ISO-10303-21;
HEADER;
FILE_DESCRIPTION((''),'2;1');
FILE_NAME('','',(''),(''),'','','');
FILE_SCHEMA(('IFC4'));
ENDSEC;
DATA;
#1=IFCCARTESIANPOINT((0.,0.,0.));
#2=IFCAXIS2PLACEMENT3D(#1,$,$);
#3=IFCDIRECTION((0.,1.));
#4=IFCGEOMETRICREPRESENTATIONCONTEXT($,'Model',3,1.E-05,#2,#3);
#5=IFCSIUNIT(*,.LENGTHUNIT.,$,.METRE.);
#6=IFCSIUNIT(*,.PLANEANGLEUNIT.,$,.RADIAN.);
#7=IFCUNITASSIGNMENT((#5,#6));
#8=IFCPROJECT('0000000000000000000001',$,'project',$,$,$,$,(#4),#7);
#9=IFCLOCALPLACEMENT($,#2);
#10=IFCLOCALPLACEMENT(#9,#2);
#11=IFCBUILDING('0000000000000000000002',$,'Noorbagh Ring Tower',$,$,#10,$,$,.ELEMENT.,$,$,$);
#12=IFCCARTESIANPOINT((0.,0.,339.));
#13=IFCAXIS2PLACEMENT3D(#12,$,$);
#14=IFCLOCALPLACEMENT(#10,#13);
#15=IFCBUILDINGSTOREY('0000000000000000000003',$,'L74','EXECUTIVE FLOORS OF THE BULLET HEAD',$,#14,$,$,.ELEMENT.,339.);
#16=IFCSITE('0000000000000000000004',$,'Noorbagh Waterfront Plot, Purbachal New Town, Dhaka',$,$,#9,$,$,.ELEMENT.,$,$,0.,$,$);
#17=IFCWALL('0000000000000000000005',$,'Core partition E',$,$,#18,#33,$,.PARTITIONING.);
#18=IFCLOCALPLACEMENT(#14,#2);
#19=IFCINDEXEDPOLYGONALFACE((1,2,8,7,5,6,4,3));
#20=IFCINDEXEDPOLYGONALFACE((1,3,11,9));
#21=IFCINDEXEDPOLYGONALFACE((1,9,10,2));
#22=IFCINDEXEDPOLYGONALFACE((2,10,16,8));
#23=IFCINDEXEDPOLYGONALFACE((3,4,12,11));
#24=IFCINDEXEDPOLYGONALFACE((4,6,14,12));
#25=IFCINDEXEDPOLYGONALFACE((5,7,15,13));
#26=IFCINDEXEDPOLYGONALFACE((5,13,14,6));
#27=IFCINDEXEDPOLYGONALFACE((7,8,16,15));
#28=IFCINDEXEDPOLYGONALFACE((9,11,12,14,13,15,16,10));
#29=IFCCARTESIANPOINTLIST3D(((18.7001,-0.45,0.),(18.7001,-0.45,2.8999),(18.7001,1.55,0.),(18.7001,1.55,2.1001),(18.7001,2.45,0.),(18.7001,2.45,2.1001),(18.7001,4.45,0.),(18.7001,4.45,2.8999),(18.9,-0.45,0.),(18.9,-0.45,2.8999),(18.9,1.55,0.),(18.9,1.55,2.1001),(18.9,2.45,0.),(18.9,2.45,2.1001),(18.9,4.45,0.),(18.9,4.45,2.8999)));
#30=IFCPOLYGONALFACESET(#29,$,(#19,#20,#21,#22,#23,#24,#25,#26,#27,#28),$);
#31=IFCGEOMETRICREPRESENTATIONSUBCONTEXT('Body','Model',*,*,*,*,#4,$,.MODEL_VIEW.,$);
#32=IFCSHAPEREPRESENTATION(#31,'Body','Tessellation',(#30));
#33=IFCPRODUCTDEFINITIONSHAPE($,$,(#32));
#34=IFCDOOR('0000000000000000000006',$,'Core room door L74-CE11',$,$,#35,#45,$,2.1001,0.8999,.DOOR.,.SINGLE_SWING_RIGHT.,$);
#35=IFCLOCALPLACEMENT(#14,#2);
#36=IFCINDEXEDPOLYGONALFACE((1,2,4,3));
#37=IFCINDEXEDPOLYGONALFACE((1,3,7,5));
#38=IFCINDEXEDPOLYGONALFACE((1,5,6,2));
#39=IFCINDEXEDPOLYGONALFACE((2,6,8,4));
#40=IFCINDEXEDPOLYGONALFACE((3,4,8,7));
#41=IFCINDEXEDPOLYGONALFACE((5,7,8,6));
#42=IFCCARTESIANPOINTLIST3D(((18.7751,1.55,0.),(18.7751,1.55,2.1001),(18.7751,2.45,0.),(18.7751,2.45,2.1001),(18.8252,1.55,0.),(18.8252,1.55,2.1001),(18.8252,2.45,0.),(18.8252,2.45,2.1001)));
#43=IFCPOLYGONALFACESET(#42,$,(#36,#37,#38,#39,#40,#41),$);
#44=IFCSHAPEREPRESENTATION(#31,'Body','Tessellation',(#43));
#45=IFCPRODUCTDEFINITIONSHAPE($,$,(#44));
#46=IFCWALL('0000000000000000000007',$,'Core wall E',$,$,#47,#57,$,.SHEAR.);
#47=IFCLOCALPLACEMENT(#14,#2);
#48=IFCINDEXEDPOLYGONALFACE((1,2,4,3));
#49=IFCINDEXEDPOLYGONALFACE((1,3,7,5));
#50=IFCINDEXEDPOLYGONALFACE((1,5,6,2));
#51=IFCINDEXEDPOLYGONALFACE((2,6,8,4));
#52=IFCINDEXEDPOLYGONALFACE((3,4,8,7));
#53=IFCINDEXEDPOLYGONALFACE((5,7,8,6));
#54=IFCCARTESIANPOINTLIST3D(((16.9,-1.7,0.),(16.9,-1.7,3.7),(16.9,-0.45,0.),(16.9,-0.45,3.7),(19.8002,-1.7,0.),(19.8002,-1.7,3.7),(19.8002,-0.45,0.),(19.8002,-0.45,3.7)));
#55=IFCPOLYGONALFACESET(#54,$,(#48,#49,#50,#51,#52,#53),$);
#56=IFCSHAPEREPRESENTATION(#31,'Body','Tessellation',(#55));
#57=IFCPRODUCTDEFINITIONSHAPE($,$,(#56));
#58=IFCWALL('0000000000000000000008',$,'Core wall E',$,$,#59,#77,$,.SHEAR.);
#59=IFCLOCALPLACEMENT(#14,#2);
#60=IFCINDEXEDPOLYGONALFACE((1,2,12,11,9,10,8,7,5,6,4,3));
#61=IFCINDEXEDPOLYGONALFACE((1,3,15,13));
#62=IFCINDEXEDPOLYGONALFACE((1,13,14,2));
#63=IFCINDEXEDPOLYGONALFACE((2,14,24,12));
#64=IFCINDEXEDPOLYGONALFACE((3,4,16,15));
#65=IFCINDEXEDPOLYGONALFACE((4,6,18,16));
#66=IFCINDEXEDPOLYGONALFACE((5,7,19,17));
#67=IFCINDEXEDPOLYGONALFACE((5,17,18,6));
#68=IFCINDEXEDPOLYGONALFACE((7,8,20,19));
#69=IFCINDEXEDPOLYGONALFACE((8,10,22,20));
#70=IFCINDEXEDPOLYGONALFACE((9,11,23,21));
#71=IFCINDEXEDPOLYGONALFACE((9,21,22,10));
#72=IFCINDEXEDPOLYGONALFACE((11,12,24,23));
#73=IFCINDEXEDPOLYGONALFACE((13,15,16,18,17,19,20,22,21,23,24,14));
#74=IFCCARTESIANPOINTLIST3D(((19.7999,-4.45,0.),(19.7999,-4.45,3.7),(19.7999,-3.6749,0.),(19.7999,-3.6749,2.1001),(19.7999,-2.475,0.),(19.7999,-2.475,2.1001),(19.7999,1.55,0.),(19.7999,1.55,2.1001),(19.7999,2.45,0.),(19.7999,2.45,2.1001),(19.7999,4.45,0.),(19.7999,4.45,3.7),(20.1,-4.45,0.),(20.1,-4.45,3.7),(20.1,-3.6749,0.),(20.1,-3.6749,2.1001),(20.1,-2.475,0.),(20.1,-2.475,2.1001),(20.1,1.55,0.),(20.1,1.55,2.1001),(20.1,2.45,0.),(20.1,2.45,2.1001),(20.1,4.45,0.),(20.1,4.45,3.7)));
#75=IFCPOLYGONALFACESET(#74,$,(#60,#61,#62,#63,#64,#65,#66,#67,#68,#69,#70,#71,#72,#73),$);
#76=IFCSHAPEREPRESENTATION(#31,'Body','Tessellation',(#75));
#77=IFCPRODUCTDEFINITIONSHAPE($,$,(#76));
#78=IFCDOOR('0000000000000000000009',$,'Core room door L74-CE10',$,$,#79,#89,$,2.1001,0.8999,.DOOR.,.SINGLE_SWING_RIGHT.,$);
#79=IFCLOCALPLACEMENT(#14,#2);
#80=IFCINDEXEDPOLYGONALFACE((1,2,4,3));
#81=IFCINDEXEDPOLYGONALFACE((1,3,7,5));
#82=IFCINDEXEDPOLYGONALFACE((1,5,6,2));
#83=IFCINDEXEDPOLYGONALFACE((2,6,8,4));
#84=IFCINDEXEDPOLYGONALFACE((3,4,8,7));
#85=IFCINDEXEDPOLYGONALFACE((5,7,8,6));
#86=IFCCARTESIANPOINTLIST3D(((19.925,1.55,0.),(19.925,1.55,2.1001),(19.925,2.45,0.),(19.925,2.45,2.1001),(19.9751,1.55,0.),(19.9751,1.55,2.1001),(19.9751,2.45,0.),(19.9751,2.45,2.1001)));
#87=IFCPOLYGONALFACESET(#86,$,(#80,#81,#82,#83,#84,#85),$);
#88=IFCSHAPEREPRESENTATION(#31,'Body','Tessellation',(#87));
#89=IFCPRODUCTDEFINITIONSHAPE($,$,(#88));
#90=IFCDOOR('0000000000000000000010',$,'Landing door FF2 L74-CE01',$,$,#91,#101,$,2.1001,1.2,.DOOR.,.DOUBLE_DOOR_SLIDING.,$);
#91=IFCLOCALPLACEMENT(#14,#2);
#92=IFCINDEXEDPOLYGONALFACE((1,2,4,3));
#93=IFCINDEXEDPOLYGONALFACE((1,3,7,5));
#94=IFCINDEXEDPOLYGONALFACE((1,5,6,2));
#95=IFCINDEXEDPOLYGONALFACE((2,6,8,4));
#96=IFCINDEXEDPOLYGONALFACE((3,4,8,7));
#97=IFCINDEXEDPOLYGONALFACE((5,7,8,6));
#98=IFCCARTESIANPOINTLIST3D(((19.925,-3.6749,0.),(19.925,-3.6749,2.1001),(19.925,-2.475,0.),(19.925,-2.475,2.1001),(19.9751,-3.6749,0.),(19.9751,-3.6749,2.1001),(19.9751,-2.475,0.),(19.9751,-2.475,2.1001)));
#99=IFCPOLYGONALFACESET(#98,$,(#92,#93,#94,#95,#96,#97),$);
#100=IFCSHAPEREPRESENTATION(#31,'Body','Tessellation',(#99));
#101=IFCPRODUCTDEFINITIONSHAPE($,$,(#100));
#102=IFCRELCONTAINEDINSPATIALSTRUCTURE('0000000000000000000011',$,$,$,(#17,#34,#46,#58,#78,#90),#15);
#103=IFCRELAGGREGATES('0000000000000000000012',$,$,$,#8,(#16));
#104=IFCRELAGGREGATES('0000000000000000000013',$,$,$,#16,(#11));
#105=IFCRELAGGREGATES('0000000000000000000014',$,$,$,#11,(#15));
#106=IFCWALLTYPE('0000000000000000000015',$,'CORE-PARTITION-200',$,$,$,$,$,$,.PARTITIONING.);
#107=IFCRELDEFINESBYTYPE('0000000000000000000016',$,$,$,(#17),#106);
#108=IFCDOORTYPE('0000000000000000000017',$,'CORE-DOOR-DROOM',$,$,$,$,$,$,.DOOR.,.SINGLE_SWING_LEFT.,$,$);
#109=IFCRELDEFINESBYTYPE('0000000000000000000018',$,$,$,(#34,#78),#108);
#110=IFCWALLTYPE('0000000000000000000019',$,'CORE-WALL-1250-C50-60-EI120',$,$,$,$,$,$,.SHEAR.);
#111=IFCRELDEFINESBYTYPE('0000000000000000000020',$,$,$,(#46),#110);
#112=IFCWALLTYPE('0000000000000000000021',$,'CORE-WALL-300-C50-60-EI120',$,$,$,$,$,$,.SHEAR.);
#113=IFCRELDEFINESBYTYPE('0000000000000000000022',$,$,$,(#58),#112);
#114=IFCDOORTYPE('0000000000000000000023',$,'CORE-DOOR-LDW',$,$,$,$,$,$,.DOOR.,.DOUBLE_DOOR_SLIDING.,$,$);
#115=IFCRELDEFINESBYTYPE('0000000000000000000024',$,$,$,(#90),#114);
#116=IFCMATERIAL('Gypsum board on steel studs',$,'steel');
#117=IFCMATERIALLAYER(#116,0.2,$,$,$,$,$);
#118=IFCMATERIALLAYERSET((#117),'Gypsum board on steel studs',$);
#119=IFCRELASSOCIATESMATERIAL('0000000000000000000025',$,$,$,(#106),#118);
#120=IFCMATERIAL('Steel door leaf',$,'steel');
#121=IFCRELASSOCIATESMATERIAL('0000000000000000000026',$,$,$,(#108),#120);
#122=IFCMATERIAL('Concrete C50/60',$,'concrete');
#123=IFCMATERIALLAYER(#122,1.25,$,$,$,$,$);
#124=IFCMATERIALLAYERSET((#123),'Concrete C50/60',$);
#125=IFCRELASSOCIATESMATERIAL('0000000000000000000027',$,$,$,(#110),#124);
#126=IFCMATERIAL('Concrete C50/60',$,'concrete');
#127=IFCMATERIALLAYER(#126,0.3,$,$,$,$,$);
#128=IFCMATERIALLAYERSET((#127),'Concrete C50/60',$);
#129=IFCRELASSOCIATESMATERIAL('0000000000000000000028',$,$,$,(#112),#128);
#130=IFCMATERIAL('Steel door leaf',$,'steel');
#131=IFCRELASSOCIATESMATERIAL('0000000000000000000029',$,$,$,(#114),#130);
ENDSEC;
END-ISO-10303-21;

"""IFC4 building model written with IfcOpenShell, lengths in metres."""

from ifc_helpers import new_model, si_unit, direction, frame, frame_2d, origin, place, context, subcontext, project, spatial, rectangle, extrude, material, layer, layer_set, type_object, element, fill, save


model = new_model("IFC4")

# Units and contexts
model_context = context("Model", 3, precision=1e-05, world=origin(), true_north=direction((0.0, 1.0)))
body_context = subcontext(model_context, "Body", "Model", "MODEL_VIEW")
ifc_project = project(units=[si_unit("LENGTHUNIT", "METRE"), si_unit("PLANEANGLEUNIT", "RADIAN")], contexts=[model_context])

# Site, building, storey
site_placement = place(None, origin())
site = spatial("IfcSite", under=ifc_project, at=site_placement, Name="Noorbagh Waterfront Plot, Purbachal New Town, Dhaka", CompositionType="ELEMENT", RefElevation=0.0)
building_placement = place(site_placement, origin())
building = spatial("IfcBuilding", under=site, at=building_placement, Name="Noorbagh Ring Tower", CompositionType="ELEMENT")
storey_placement = place(building_placement, frame((0.0, 0.0, 339.0)))
storey = spatial("IfcBuildingStorey", under=building, at=storey_placement, Name="L74", Description="EXECUTIVE FLOORS OF THE BULLET HEAD", CompositionType="ELEMENT", Elevation=339.0)

# Wall, opening, door
ifc_material_1 = material(Name="Gypsum board on steel studs", Category="steel")
ifc_layer_1 = layer(ifc_material_1, 0.2)
ifc_layer_set_1 = layer_set([ifc_layer_1], Name="Gypsum board on steel studs")
wall_type_1 = type_object("IfcWallType", Name="CORE-PARTITION-200", PredefinedType="PARTITIONING", material=ifc_layer_set_1)
wall_1_placement = place(storey_placement, frame((18.8, -0.45, 0.0), z_axis=(0.0, 0.0, 1.0), x_axis=(0.0, 1.0, 0.0)))
wall_1 = element("IfcWall", 1, at=wall_1_placement, inside=storey, type_object=wall_type_1, Name="Core partition E", PredefinedType="PARTITIONING", context=body_context, shape_type="SweptSolid", body=[
    extrude(rectangle(XDim=4.8999, YDim=0.2, at=frame_2d((2.45, 0.0))), origin(), (0.0, 0.0, 1.0), 2.8999),
])
opening_1_placement = place(wall_1_placement, frame((2.0, 0.0, 0.0)))
opening_1 = element("IfcOpeningElement", 2, at=opening_1_placement, cuts=wall_1, PredefinedType="OPENING", context=body_context, shape_type="SweptSolid", body=[
    extrude(rectangle(XDim=0.8999, YDim=2.1001, at=frame_2d((0.45, 1.05))), frame((0.0, 0.1099, 0.0), z_axis=(0.0, -1.0, 0.0), x_axis=(1.0, 0.0, 0.0)), (0.0, 0.0, 1.0), 0.22),
])
ifc_material_2 = material(Name="Steel door leaf", Category="steel")
door_type_1 = type_object("IfcDoorType", Name="CORE-DOOR-DROOM", OperationType="SINGLE_SWING_LEFT", PredefinedType="DOOR", material=ifc_material_2)
door_1_placement = place(opening_1_placement, origin())
door_1 = element("IfcDoor", 3, at=door_1_placement, inside=storey, type_object=door_type_1, Name="Core room door L74-CE11", OperationType="SINGLE_SWING_RIGHT", OverallHeight=2.1001, OverallWidth=0.8999, PredefinedType="DOOR", context=body_context, shape_type="SweptSolid", body=[
    extrude(rectangle(XDim=0.8999, YDim=2.1001, at=frame_2d((0.45, 1.05))), frame((0.0, 0.0249, 0.0), z_axis=(0.0, -1.0, 0.0), x_axis=(1.0, 0.0, 0.0)), (0.0, 0.0, 1.0), 0.05),
])
fill(opening_1, door_1)

# Wall
ifc_material_3 = material(Name="Concrete C50/60", Category="concrete")
ifc_layer_2 = layer(ifc_material_3, 1.25)
ifc_layer_set_2 = layer_set([ifc_layer_2], Name="Concrete C50/60")
wall_type_2 = type_object("IfcWallType", Name="CORE-WALL-1250-C50-60-EI120", PredefinedType="SHEAR", material=ifc_layer_set_2)
wall_2_placement = place(storey_placement, frame((16.8999, -1.075, 0.0), z_axis=(0.0, 0.0, 1.0), x_axis=(1.0, 0.0, 0.0)))
element("IfcWall", 4, at=wall_2_placement, inside=storey, type_object=wall_type_2, Name="Core wall E", PredefinedType="SHEAR", context=body_context, shape_type="SweptSolid", body=[
    extrude(rectangle(XDim=2.9001, YDim=1.25, at=frame_2d((1.4502, 0.0))), origin(), (0.0, 0.0, 1.0), 3.7),
])

# Wall, openings, doors
ifc_material_4 = material(Name="Concrete C50/60", Category="concrete")
ifc_layer_3 = layer(ifc_material_4, 0.3)
ifc_layer_set_3 = layer_set([ifc_layer_3], Name="Concrete C50/60")
wall_type_3 = type_object("IfcWallType", Name="CORE-WALL-300-C50-60-EI120", PredefinedType="SHEAR", material=ifc_layer_set_3)
wall_3_placement = place(storey_placement, frame((19.95, -4.45, 0.0), z_axis=(0.0, 0.0, 1.0), x_axis=(0.0, 1.0, 0.0)))
wall_3 = element("IfcWall", 5, at=wall_3_placement, inside=storey, type_object=wall_type_3, Name="Core wall E", PredefinedType="SHEAR", context=body_context, shape_type="SweptSolid", body=[
    extrude(rectangle(XDim=8.8999, YDim=0.3, at=frame_2d((4.45, 0.0))), origin(), (0.0, 0.0, 1.0), 3.7),
])
opening_2_placement = place(wall_3_placement, frame((0.7749, 0.0, 0.0)))
opening_2 = element("IfcOpeningElement", 6, at=opening_2_placement, cuts=wall_3, PredefinedType="OPENING", context=body_context, shape_type="SweptSolid", body=[
    extrude(rectangle(XDim=1.2, YDim=2.1001, at=frame_2d((0.6001, 1.05))), frame((0.0, 0.1602, 0.0), z_axis=(0.0, -1.0, 0.0), x_axis=(1.0, 0.0, 0.0)), (0.0, 0.0, 1.0), 0.3201),
])
opening_3_placement = place(wall_3_placement, frame((6.0, 0.0, 0.0)))
opening_3 = element("IfcOpeningElement", 7, at=opening_3_placement, cuts=wall_3, PredefinedType="OPENING", context=body_context, shape_type="SweptSolid", body=[
    extrude(rectangle(XDim=0.8999, YDim=2.1001, at=frame_2d((0.45, 1.05))), frame((0.0, 0.1602, 0.0), z_axis=(0.0, -1.0, 0.0), x_axis=(1.0, 0.0, 0.0)), (0.0, 0.0, 1.0), 0.3201),
])
door_2_placement = place(opening_3_placement, origin())
door_2 = element("IfcDoor", 8, at=door_2_placement, inside=storey, type_object=door_type_1, Name="Core room door L74-CE10", OperationType="SINGLE_SWING_RIGHT", OverallHeight=2.1001, OverallWidth=0.8999, PredefinedType="DOOR", context=body_context, shape_type="SweptSolid", body=[
    extrude(rectangle(XDim=0.8999, YDim=2.1001, at=frame_2d((0.45, 1.05))), frame((0.0, 0.0249, 0.0), z_axis=(0.0, -1.0, 0.0), x_axis=(1.0, 0.0, 0.0)), (0.0, 0.0, 1.0), 0.05),
])
fill(opening_3, door_2)
ifc_material_5 = material(Name="Steel door leaf", Category="steel")
door_type_2 = type_object("IfcDoorType", Name="CORE-DOOR-LDW", OperationType="DOUBLE_DOOR_SLIDING", PredefinedType="DOOR", material=ifc_material_5)
door_3_placement = place(opening_2_placement, origin())
door_3 = element("IfcDoor", 9, at=door_3_placement, inside=storey, type_object=door_type_2, Name="Landing door FF2 L74-CE01", OperationType="DOUBLE_DOOR_SLIDING", OverallHeight=2.1001, OverallWidth=1.2, PredefinedType="DOOR", context=body_context, shape_type="SweptSolid", body=[
    extrude(rectangle(XDim=1.2, YDim=2.1001, at=frame_2d((0.6001, 1.05))), frame((0.0, 0.0249, 0.0), z_axis=(0.0, -1.0, 0.0), x_axis=(1.0, 0.0, 0.0)), (0.0, 0.0, 1.0), 0.05),
])
fill(opening_2, door_3)

save(model, "model.ifc")
